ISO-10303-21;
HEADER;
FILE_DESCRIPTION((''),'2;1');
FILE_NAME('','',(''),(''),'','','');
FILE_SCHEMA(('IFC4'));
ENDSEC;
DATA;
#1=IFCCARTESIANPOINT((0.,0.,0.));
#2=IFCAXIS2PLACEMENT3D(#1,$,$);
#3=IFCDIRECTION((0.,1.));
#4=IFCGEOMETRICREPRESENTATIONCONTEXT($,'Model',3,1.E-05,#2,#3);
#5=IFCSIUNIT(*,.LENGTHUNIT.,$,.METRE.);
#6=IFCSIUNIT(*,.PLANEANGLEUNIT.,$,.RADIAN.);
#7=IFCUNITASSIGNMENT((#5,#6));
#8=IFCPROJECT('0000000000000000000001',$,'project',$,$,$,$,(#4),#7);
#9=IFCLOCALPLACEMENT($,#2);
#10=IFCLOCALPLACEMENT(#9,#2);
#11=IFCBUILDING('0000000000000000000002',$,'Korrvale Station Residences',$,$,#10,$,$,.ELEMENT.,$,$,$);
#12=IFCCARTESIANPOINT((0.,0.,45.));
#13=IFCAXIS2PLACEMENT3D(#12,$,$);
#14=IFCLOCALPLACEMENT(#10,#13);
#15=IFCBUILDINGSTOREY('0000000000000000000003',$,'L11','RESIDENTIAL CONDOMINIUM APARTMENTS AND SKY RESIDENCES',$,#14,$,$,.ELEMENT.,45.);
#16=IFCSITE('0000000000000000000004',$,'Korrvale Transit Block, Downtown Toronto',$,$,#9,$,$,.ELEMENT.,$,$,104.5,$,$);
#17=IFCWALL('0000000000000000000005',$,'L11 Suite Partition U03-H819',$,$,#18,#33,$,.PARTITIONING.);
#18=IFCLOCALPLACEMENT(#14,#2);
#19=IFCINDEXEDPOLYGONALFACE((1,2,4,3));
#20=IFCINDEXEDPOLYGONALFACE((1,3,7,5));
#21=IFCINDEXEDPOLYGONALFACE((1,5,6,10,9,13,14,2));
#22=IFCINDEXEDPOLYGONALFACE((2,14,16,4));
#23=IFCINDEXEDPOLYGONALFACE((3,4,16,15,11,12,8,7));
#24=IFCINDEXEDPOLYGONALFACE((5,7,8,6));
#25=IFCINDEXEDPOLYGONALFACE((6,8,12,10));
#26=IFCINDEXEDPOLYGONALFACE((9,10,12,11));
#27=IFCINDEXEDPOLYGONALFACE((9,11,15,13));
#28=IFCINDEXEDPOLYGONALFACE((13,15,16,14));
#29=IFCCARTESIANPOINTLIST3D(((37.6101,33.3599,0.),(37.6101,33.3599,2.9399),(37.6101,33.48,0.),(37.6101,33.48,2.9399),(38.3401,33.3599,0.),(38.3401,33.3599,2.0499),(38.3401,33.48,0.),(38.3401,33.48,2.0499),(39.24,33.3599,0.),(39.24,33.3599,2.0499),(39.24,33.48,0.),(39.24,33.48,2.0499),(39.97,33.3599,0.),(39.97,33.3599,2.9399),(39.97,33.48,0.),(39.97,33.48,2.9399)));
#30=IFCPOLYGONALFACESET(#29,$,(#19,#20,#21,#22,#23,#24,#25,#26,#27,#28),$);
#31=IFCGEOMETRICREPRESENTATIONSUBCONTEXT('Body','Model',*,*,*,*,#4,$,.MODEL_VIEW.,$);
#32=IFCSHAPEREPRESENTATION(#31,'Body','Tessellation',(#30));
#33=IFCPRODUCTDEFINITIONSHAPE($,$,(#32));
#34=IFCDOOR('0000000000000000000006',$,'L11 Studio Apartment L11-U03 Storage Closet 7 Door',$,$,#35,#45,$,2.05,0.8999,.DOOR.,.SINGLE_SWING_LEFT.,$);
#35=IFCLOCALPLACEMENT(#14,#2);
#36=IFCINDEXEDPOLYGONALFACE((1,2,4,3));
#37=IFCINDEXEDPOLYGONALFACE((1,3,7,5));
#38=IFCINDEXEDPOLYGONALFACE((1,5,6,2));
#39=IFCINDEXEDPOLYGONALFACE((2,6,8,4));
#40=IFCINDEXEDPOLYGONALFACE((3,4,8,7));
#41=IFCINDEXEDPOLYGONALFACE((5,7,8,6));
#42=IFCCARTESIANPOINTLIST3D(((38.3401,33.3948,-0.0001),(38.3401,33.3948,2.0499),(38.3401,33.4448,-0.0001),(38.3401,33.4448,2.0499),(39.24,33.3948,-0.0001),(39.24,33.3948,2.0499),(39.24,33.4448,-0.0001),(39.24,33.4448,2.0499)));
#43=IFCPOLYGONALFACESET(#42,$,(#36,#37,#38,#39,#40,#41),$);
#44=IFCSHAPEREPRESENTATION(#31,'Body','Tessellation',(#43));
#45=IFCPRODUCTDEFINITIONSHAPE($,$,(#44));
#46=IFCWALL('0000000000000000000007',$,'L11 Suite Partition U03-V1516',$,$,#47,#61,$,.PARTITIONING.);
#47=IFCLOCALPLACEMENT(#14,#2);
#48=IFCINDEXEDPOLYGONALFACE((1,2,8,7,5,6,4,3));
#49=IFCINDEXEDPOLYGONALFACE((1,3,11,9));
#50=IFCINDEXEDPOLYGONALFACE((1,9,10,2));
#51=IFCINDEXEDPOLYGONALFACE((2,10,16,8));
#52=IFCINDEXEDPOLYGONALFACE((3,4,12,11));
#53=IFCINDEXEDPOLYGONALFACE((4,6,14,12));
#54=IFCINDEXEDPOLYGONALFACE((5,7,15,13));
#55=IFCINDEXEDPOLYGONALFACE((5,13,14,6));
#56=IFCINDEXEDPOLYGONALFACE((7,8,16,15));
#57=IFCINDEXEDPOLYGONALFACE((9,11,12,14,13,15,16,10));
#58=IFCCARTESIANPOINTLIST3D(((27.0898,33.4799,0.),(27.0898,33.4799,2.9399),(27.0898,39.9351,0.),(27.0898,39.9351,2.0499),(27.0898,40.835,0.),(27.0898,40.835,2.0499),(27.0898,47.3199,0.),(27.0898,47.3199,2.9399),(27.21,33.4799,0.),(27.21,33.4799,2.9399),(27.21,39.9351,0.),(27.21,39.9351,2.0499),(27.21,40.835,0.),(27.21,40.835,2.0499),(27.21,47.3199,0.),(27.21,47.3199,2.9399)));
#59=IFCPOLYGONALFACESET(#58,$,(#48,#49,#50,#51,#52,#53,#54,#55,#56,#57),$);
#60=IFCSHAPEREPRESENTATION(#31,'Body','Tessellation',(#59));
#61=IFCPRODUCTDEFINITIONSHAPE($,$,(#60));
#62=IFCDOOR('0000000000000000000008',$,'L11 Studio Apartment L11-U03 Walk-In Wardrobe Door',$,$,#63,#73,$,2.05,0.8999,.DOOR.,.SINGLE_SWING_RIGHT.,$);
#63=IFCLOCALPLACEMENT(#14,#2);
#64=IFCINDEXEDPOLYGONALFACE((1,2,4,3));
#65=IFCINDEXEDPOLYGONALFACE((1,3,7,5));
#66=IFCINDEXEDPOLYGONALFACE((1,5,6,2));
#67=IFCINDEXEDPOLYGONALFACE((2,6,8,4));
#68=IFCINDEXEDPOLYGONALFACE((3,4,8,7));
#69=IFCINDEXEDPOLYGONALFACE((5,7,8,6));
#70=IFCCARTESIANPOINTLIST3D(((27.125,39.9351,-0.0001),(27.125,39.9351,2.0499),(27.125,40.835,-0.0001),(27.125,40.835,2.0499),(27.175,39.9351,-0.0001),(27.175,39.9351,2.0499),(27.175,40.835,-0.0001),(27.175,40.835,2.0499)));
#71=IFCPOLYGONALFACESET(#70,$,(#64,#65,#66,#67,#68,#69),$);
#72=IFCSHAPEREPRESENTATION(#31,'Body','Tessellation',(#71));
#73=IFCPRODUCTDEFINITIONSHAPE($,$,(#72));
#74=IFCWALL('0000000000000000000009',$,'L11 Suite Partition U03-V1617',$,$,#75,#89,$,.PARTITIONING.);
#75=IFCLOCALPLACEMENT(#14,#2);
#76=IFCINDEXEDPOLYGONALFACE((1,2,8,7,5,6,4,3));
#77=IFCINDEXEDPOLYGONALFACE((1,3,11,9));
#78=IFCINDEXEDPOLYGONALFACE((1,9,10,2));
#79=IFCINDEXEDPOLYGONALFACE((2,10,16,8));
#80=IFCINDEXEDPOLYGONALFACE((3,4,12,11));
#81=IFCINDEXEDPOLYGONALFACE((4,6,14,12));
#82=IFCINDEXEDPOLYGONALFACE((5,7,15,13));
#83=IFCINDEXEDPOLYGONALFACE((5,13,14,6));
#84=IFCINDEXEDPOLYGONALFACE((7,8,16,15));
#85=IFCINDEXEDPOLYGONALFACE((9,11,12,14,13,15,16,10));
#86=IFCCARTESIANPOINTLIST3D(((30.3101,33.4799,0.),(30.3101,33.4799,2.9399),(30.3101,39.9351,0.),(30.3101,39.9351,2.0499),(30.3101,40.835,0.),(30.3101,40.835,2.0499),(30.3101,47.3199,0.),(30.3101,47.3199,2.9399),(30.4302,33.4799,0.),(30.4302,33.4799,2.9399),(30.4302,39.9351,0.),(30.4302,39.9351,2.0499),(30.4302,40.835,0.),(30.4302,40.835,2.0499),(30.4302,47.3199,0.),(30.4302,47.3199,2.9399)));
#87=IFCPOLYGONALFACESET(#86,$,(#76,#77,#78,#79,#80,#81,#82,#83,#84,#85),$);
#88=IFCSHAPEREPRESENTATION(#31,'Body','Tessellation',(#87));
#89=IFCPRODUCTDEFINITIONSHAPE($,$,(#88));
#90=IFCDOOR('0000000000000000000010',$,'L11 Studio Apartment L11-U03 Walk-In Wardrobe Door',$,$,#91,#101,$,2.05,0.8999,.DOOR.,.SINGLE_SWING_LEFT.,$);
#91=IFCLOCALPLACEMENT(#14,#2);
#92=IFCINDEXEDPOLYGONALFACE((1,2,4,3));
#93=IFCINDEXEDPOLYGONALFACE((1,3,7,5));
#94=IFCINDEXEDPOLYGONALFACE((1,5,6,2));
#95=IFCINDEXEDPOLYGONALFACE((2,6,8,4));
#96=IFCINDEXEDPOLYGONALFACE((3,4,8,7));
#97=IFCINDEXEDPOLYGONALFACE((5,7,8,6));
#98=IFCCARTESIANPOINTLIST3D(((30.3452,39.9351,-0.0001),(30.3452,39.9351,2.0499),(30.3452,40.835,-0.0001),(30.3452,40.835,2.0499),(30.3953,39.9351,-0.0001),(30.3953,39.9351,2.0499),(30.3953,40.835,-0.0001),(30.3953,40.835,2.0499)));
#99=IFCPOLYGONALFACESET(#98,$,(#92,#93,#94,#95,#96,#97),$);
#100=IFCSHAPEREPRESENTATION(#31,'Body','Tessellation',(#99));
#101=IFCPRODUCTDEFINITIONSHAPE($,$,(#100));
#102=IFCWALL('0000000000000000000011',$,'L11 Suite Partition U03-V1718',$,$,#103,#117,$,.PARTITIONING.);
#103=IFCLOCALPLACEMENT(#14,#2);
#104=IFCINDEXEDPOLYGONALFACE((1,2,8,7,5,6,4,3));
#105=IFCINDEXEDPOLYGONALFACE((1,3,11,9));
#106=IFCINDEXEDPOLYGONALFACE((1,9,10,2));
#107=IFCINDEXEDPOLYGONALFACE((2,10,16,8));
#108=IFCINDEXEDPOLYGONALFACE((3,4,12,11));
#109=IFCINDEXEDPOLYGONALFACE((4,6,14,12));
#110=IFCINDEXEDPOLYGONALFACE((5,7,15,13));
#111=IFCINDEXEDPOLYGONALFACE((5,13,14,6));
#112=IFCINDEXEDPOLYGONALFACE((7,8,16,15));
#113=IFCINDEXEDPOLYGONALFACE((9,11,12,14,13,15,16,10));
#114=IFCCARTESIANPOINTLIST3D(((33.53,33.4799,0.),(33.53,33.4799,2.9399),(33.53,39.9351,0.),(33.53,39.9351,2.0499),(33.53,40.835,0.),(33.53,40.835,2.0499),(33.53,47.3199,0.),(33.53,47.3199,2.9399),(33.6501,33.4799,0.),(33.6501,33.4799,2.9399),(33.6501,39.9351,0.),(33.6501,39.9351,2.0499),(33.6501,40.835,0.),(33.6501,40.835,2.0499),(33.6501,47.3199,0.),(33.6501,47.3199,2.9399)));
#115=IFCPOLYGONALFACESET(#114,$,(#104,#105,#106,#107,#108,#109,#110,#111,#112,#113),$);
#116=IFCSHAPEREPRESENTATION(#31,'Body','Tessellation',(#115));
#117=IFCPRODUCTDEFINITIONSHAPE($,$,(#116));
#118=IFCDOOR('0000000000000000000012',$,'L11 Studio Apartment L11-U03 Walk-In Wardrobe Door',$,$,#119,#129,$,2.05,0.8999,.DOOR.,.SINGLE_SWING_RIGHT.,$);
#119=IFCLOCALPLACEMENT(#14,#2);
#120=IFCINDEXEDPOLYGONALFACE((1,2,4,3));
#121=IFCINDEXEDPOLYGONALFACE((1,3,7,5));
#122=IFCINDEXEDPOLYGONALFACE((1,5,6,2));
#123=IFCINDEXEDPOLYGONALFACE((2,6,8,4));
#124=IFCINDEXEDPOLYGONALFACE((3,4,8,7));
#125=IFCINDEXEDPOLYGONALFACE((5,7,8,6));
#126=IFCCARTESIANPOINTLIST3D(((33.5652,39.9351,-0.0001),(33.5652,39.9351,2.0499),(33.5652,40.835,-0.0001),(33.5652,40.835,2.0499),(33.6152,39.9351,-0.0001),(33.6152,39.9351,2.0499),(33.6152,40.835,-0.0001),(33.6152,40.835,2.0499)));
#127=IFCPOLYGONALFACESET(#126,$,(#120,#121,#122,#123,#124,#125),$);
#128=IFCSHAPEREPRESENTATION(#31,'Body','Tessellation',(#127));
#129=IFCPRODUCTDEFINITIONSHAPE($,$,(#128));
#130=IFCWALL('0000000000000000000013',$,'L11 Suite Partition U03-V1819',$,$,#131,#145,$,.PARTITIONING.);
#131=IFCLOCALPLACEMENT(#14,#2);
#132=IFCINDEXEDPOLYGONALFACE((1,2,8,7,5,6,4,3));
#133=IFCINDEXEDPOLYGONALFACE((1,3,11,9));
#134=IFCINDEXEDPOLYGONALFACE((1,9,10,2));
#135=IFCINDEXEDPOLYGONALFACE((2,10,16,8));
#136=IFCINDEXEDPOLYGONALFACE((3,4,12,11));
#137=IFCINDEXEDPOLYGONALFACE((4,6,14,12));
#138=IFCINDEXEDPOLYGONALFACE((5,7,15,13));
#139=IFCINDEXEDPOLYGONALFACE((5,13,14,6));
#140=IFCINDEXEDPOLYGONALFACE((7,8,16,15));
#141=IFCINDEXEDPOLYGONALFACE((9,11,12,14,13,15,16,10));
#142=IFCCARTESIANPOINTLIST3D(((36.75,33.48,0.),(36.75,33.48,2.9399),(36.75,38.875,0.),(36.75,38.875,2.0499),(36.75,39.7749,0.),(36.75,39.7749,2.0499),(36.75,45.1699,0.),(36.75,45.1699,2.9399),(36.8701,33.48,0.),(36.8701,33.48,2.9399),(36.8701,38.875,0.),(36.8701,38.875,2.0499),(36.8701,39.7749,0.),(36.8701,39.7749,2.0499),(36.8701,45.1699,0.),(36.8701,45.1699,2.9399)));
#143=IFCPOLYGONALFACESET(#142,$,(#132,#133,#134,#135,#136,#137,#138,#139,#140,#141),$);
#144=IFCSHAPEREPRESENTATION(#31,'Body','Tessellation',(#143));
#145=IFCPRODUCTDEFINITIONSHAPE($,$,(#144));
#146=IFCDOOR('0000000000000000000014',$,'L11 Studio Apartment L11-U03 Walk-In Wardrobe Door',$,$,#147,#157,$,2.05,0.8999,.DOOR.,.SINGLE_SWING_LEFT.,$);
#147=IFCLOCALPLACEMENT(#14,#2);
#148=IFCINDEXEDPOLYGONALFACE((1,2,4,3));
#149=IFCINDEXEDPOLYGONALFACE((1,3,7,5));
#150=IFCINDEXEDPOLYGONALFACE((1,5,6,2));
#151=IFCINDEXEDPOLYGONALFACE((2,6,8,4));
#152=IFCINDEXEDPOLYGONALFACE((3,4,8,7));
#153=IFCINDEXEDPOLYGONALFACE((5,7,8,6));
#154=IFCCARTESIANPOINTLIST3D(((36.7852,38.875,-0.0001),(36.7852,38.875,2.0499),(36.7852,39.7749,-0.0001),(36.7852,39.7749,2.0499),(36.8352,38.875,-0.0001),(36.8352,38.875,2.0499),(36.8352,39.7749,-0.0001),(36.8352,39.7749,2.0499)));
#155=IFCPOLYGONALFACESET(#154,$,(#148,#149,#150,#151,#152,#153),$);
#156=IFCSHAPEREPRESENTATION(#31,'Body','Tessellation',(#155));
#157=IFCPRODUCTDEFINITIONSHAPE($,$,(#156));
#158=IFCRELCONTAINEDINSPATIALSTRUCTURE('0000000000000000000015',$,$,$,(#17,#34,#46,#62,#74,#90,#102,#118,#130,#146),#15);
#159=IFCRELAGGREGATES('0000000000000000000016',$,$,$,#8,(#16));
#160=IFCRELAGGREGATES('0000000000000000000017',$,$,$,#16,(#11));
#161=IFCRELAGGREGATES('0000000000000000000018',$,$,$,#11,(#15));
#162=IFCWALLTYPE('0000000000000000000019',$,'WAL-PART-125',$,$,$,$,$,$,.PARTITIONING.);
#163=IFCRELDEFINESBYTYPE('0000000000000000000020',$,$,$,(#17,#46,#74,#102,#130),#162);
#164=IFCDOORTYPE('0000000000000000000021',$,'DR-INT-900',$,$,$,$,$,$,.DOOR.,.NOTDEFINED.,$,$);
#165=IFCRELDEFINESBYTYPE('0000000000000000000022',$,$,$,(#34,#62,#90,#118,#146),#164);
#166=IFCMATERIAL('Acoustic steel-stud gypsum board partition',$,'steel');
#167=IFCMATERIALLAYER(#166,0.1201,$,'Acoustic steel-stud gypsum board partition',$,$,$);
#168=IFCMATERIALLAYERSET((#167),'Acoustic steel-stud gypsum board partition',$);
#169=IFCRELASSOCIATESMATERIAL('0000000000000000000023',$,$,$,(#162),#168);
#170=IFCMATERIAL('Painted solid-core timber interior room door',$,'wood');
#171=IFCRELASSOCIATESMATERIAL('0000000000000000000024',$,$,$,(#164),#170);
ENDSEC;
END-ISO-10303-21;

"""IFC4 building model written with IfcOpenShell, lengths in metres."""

from ifc_helpers import new_model, si_unit, direction, frame, frame_2d, origin, place, context, subcontext, project, spatial, rectangle, extrude, material, layer, layer_set, type_object, element, fill, save


model = new_model("IFC4")

# Units and contexts
model_context = context("Model", 3, precision=1e-05, world=origin(), true_north=direction((0.0, 1.0)))
body_context = subcontext(model_context, "Body", "Model", "MODEL_VIEW")
ifc_project = project(units=[si_unit("LENGTHUNIT", "METRE"), si_unit("PLANEANGLEUNIT", "RADIAN")], contexts=[model_context])

# Site, building, storey
site_placement = place(None, origin())
site = spatial("IfcSite", under=ifc_project, at=site_placement, Name="Korrvale Transit Block, Downtown Toronto", CompositionType="ELEMENT", RefElevation=104.5)
building_placement = place(site_placement, origin())
building = spatial("IfcBuilding", under=site, at=building_placement, Name="Korrvale Station Residences", CompositionType="ELEMENT")
storey_placement = place(building_placement, frame((0.0, 0.0, 45.0)))
storey = spatial("IfcBuildingStorey", under=building, at=storey_placement, Name="L11", Description="RESIDENTIAL CONDOMINIUM APARTMENTS AND SKY RESIDENCES", CompositionType="ELEMENT", Elevation=45.0)

# Shared definitions
ifc_material_1 = material(Name="Acoustic steel-stud gypsum board partition", Category="steel")
ifc_layer = layer(ifc_material_1, 0.1201, Name="Acoustic steel-stud gypsum board partition")
ifc_layer_set = layer_set([ifc_layer], Name="Acoustic steel-stud gypsum board partition")
wall_type = type_object("IfcWallType", Name="WAL-PART-125", PredefinedType="PARTITIONING", material=ifc_layer_set)
ifc_material_2 = material(Name="Painted solid-core timber interior room door", Category="wood")
door_type = type_object("IfcDoorType", Name="DR-INT-900", OperationType="NOTDEFINED", PredefinedType="DOOR", material=ifc_material_2)

# Walls, openings, doors
wall_1_placement = place(storey_placement, frame((37.6101, 33.4199, 0.0), z_axis=(0.0, 0.0, 1.0), x_axis=(1.0, 0.0, 0.0)))
wall_1 = element("IfcWall", 1, at=wall_1_placement, inside=storey, type_object=wall_type, Name="L11 Suite Partition U03-H819", PredefinedType="PARTITIONING", context=body_context, shape_type="SweptSolid", body=[
    extrude(rectangle(XDim=2.3599, YDim=0.1201, at=frame_2d((1.1799, 0.0))), origin(), (0.0, 0.0, 1.0), 2.9399),
])
opening_1_placement = place(wall_1_placement, frame((0.73, 0.0, 0.0)))
opening_1 = element("IfcOpeningElement", 2, at=opening_1_placement, cuts=wall_1, PredefinedType="OPENING", context=body_context, shape_type="SweptSolid", body=[
    extrude(rectangle(XDim=0.8999, YDim=2.05, at=frame_2d((0.45, 1.0249))), frame((0.0, 0.0701, 0.0), z_axis=(0.0, -1.0, 0.0), x_axis=(1.0, 0.0, 0.0)), (0.0, 0.0, 1.0), 0.1401),
])
door_1_placement = place(opening_1_placement, origin())
door_1 = element("IfcDoor", 3, at=door_1_placement, inside=storey, type_object=door_type, Name="L11 Studio Apartment L11-U03 Storage Closet 7 Door", OperationType="SINGLE_SWING_LEFT", OverallHeight=2.05, OverallWidth=0.8999, PredefinedType="DOOR", context=body_context, shape_type="SweptSolid", body=[
    extrude(rectangle(XDim=0.8999, YDim=2.05, at=frame_2d((0.45, 1.0249))), frame((0.0, 0.0249, 0.0), z_axis=(0.0, -1.0, 0.0), x_axis=(1.0, 0.0, 0.0)), (0.0, 0.0, 1.0), 0.05),
])
fill(opening_1, door_1)
wall_2_placement = place(storey_placement, frame((27.1499, 33.48, 0.0), z_axis=(0.0, 0.0, 1.0), x_axis=(0.0, 1.0, 0.0)))
wall_2 = element("IfcWall", 4, at=wall_2_placement, inside=storey, type_object=wall_type, Name="L11 Suite Partition U03-V1516", PredefinedType="PARTITIONING", context=body_context, shape_type="SweptSolid", body=[
    extrude(rectangle(XDim=13.8401, YDim=0.1201, at=frame_2d((6.9199, 0.0))), origin(), (0.0, 0.0, 1.0), 2.9399),
])
opening_2_placement = place(wall_2_placement, frame((6.4551, 0.0, 0.0)))
opening_2 = element("IfcOpeningElement", 5, at=opening_2_placement, cuts=wall_2, PredefinedType="OPENING", context=body_context, shape_type="SweptSolid", body=[
    extrude(rectangle(XDim=0.8999, YDim=2.05, at=frame_2d((0.45, 1.0249))), frame((0.0, 0.0701, 0.0), z_axis=(0.0, -1.0, 0.0), x_axis=(1.0, 0.0, 0.0)), (0.0, 0.0, 1.0), 0.1401),
])
door_2_placement = place(opening_2_placement, origin())
door_2 = element("IfcDoor", 6, at=door_2_placement, inside=storey, type_object=door_type, Name="L11 Studio Apartment L11-U03 Walk-In Wardrobe Door", OperationType="SINGLE_SWING_RIGHT", OverallHeight=2.05, OverallWidth=0.8999, PredefinedType="DOOR", context=body_context, shape_type="SweptSolid", body=[
    extrude(rectangle(XDim=0.8999, YDim=2.05, at=frame_2d((0.45, 1.0249))), frame((0.0, 0.0249, 0.0), z_axis=(0.0, -1.0, 0.0), x_axis=(1.0, 0.0, 0.0)), (0.0, 0.0, 1.0), 0.05),
])
fill(opening_2, door_2)
wall_3_placement = place(storey_placement, frame((30.3701, 33.48, 0.0), z_axis=(0.0, 0.0, 1.0), x_axis=(0.0, 1.0, 0.0)))
wall_3 = element("IfcWall", 7, at=wall_3_placement, inside=storey, type_object=wall_type, Name="L11 Suite Partition U03-V1617", PredefinedType="PARTITIONING", context=body_context, shape_type="SweptSolid", body=[
    extrude(rectangle(XDim=13.8401, YDim=0.1201, at=frame_2d((6.9199, 0.0))), origin(), (0.0, 0.0, 1.0), 2.9399),
])
opening_3_placement = place(wall_3_placement, frame((6.4551, 0.0, 0.0)))
opening_3 = element("IfcOpeningElement", 8, at=opening_3_placement, cuts=wall_3, PredefinedType="OPENING", context=body_context, shape_type="SweptSolid", body=[
    extrude(rectangle(XDim=0.8999, YDim=2.05, at=frame_2d((0.45, 1.0249))), frame((0.0, 0.0701, 0.0), z_axis=(0.0, -1.0, 0.0), x_axis=(1.0, 0.0, 0.0)), (0.0, 0.0, 1.0), 0.1401),
])
door_3_placement = place(opening_3_placement, origin())
door_3 = element("IfcDoor", 9, at=door_3_placement, inside=storey, type_object=door_type, Name="L11 Studio Apartment L11-U03 Walk-In Wardrobe Door", OperationType="SINGLE_SWING_LEFT", OverallHeight=2.05, OverallWidth=0.8999, PredefinedType="DOOR", context=body_context, shape_type="SweptSolid", body=[
    extrude(rectangle(XDim=0.8999, YDim=2.05, at=frame_2d((0.45, 1.0249))), frame((0.0, 0.0249, 0.0), z_axis=(0.0, -1.0, 0.0), x_axis=(1.0, 0.0, 0.0)), (0.0, 0.0, 1.0), 0.05),
])
fill(opening_3, door_3)
wall_4_placement = place(storey_placement, frame((33.5901, 33.48, 0.0), z_axis=(0.0, 0.0, 1.0), x_axis=(0.0, 1.0, 0.0)))
wall_4 = element("IfcWall", 10, at=wall_4_placement, inside=storey, type_object=wall_type, Name="L11 Suite Partition U03-V1718", PredefinedType="PARTITIONING", context=body_context, shape_type="SweptSolid", body=[
    extrude(rectangle(XDim=13.8401, YDim=0.1201, at=frame_2d((6.9199, 0.0))), origin(), (0.0, 0.0, 1.0), 2.9399),
])
opening_4_placement = place(wall_4_placement, frame((6.4551, 0.0, 0.0)))
opening_4 = element("IfcOpeningElement", 11, at=opening_4_placement, cuts=wall_4, PredefinedType="OPENING", context=body_context, shape_type="SweptSolid", body=[
    extrude(rectangle(XDim=0.8999, YDim=2.05, at=frame_2d((0.45, 1.0249))), frame((0.0, 0.0701, 0.0), z_axis=(0.0, -1.0, 0.0), x_axis=(1.0, 0.0, 0.0)), (0.0, 0.0, 1.0), 0.1401),
])
door_4_placement = place(opening_4_placement, origin())
door_4 = element("IfcDoor", 12, at=door_4_placement, inside=storey, type_object=door_type, Name="L11 Studio Apartment L11-U03 Walk-In Wardrobe Door", OperationType="SINGLE_SWING_RIGHT", OverallHeight=2.05, OverallWidth=0.8999, PredefinedType="DOOR", context=body_context, shape_type="SweptSolid", body=[
    extrude(rectangle(XDim=0.8999, YDim=2.05, at=frame_2d((0.45, 1.0249))), frame((0.0, 0.0249, 0.0), z_axis=(0.0, -1.0, 0.0), x_axis=(1.0, 0.0, 0.0)), (0.0, 0.0, 1.0), 0.05),
])
fill(opening_4, door_4)
wall_5_placement = place(storey_placement, frame((36.8101, 33.48, 0.0), z_axis=(0.0, 0.0, 1.0), x_axis=(0.0, 1.0, 0.0)))
wall_5 = element("IfcWall", 13, at=wall_5_placement, inside=storey, type_object=wall_type, Name="L11 Suite Partition U03-V1819", PredefinedType="PARTITIONING", context=body_context, shape_type="SweptSolid", body=[
    extrude(rectangle(XDim=11.6899, YDim=0.1201, at=frame_2d((5.845, 0.0))), origin(), (0.0, 0.0, 1.0), 2.9399),
])
opening_5_placement = place(wall_5_placement, frame((5.395, 0.0, 0.0)))
opening_5 = element("IfcOpeningElement", 14, at=opening_5_placement, cuts=wall_5, PredefinedType="OPENING", context=body_context, shape_type="SweptSolid", body=[
    extrude(rectangle(XDim=0.8999, YDim=2.05, at=frame_2d((0.45, 1.0249))), frame((0.0, 0.0701, 0.0), z_axis=(0.0, -1.0, 0.0), x_axis=(1.0, 0.0, 0.0)), (0.0, 0.0, 1.0), 0.1401),
])
door_5_placement = place(opening_5_placement, origin())
door_5 = element("IfcDoor", 15, at=door_5_placement, inside=storey, type_object=door_type, Name="L11 Studio Apartment L11-U03 Walk-In Wardrobe Door", OperationType="SINGLE_SWING_LEFT", OverallHeight=2.05, OverallWidth=0.8999, PredefinedType="DOOR", context=body_context, shape_type="SweptSolid", body=[
    extrude(rectangle(XDim=0.8999, YDim=2.05, at=frame_2d((0.45, 1.0249))), frame((0.0, 0.0249, 0.0), z_axis=(0.0, -1.0, 0.0), x_axis=(1.0, 0.0, 0.0)), (0.0, 0.0, 1.0), 0.05),
])
fill(opening_5, door_5)

save(model, "model.ifc")
